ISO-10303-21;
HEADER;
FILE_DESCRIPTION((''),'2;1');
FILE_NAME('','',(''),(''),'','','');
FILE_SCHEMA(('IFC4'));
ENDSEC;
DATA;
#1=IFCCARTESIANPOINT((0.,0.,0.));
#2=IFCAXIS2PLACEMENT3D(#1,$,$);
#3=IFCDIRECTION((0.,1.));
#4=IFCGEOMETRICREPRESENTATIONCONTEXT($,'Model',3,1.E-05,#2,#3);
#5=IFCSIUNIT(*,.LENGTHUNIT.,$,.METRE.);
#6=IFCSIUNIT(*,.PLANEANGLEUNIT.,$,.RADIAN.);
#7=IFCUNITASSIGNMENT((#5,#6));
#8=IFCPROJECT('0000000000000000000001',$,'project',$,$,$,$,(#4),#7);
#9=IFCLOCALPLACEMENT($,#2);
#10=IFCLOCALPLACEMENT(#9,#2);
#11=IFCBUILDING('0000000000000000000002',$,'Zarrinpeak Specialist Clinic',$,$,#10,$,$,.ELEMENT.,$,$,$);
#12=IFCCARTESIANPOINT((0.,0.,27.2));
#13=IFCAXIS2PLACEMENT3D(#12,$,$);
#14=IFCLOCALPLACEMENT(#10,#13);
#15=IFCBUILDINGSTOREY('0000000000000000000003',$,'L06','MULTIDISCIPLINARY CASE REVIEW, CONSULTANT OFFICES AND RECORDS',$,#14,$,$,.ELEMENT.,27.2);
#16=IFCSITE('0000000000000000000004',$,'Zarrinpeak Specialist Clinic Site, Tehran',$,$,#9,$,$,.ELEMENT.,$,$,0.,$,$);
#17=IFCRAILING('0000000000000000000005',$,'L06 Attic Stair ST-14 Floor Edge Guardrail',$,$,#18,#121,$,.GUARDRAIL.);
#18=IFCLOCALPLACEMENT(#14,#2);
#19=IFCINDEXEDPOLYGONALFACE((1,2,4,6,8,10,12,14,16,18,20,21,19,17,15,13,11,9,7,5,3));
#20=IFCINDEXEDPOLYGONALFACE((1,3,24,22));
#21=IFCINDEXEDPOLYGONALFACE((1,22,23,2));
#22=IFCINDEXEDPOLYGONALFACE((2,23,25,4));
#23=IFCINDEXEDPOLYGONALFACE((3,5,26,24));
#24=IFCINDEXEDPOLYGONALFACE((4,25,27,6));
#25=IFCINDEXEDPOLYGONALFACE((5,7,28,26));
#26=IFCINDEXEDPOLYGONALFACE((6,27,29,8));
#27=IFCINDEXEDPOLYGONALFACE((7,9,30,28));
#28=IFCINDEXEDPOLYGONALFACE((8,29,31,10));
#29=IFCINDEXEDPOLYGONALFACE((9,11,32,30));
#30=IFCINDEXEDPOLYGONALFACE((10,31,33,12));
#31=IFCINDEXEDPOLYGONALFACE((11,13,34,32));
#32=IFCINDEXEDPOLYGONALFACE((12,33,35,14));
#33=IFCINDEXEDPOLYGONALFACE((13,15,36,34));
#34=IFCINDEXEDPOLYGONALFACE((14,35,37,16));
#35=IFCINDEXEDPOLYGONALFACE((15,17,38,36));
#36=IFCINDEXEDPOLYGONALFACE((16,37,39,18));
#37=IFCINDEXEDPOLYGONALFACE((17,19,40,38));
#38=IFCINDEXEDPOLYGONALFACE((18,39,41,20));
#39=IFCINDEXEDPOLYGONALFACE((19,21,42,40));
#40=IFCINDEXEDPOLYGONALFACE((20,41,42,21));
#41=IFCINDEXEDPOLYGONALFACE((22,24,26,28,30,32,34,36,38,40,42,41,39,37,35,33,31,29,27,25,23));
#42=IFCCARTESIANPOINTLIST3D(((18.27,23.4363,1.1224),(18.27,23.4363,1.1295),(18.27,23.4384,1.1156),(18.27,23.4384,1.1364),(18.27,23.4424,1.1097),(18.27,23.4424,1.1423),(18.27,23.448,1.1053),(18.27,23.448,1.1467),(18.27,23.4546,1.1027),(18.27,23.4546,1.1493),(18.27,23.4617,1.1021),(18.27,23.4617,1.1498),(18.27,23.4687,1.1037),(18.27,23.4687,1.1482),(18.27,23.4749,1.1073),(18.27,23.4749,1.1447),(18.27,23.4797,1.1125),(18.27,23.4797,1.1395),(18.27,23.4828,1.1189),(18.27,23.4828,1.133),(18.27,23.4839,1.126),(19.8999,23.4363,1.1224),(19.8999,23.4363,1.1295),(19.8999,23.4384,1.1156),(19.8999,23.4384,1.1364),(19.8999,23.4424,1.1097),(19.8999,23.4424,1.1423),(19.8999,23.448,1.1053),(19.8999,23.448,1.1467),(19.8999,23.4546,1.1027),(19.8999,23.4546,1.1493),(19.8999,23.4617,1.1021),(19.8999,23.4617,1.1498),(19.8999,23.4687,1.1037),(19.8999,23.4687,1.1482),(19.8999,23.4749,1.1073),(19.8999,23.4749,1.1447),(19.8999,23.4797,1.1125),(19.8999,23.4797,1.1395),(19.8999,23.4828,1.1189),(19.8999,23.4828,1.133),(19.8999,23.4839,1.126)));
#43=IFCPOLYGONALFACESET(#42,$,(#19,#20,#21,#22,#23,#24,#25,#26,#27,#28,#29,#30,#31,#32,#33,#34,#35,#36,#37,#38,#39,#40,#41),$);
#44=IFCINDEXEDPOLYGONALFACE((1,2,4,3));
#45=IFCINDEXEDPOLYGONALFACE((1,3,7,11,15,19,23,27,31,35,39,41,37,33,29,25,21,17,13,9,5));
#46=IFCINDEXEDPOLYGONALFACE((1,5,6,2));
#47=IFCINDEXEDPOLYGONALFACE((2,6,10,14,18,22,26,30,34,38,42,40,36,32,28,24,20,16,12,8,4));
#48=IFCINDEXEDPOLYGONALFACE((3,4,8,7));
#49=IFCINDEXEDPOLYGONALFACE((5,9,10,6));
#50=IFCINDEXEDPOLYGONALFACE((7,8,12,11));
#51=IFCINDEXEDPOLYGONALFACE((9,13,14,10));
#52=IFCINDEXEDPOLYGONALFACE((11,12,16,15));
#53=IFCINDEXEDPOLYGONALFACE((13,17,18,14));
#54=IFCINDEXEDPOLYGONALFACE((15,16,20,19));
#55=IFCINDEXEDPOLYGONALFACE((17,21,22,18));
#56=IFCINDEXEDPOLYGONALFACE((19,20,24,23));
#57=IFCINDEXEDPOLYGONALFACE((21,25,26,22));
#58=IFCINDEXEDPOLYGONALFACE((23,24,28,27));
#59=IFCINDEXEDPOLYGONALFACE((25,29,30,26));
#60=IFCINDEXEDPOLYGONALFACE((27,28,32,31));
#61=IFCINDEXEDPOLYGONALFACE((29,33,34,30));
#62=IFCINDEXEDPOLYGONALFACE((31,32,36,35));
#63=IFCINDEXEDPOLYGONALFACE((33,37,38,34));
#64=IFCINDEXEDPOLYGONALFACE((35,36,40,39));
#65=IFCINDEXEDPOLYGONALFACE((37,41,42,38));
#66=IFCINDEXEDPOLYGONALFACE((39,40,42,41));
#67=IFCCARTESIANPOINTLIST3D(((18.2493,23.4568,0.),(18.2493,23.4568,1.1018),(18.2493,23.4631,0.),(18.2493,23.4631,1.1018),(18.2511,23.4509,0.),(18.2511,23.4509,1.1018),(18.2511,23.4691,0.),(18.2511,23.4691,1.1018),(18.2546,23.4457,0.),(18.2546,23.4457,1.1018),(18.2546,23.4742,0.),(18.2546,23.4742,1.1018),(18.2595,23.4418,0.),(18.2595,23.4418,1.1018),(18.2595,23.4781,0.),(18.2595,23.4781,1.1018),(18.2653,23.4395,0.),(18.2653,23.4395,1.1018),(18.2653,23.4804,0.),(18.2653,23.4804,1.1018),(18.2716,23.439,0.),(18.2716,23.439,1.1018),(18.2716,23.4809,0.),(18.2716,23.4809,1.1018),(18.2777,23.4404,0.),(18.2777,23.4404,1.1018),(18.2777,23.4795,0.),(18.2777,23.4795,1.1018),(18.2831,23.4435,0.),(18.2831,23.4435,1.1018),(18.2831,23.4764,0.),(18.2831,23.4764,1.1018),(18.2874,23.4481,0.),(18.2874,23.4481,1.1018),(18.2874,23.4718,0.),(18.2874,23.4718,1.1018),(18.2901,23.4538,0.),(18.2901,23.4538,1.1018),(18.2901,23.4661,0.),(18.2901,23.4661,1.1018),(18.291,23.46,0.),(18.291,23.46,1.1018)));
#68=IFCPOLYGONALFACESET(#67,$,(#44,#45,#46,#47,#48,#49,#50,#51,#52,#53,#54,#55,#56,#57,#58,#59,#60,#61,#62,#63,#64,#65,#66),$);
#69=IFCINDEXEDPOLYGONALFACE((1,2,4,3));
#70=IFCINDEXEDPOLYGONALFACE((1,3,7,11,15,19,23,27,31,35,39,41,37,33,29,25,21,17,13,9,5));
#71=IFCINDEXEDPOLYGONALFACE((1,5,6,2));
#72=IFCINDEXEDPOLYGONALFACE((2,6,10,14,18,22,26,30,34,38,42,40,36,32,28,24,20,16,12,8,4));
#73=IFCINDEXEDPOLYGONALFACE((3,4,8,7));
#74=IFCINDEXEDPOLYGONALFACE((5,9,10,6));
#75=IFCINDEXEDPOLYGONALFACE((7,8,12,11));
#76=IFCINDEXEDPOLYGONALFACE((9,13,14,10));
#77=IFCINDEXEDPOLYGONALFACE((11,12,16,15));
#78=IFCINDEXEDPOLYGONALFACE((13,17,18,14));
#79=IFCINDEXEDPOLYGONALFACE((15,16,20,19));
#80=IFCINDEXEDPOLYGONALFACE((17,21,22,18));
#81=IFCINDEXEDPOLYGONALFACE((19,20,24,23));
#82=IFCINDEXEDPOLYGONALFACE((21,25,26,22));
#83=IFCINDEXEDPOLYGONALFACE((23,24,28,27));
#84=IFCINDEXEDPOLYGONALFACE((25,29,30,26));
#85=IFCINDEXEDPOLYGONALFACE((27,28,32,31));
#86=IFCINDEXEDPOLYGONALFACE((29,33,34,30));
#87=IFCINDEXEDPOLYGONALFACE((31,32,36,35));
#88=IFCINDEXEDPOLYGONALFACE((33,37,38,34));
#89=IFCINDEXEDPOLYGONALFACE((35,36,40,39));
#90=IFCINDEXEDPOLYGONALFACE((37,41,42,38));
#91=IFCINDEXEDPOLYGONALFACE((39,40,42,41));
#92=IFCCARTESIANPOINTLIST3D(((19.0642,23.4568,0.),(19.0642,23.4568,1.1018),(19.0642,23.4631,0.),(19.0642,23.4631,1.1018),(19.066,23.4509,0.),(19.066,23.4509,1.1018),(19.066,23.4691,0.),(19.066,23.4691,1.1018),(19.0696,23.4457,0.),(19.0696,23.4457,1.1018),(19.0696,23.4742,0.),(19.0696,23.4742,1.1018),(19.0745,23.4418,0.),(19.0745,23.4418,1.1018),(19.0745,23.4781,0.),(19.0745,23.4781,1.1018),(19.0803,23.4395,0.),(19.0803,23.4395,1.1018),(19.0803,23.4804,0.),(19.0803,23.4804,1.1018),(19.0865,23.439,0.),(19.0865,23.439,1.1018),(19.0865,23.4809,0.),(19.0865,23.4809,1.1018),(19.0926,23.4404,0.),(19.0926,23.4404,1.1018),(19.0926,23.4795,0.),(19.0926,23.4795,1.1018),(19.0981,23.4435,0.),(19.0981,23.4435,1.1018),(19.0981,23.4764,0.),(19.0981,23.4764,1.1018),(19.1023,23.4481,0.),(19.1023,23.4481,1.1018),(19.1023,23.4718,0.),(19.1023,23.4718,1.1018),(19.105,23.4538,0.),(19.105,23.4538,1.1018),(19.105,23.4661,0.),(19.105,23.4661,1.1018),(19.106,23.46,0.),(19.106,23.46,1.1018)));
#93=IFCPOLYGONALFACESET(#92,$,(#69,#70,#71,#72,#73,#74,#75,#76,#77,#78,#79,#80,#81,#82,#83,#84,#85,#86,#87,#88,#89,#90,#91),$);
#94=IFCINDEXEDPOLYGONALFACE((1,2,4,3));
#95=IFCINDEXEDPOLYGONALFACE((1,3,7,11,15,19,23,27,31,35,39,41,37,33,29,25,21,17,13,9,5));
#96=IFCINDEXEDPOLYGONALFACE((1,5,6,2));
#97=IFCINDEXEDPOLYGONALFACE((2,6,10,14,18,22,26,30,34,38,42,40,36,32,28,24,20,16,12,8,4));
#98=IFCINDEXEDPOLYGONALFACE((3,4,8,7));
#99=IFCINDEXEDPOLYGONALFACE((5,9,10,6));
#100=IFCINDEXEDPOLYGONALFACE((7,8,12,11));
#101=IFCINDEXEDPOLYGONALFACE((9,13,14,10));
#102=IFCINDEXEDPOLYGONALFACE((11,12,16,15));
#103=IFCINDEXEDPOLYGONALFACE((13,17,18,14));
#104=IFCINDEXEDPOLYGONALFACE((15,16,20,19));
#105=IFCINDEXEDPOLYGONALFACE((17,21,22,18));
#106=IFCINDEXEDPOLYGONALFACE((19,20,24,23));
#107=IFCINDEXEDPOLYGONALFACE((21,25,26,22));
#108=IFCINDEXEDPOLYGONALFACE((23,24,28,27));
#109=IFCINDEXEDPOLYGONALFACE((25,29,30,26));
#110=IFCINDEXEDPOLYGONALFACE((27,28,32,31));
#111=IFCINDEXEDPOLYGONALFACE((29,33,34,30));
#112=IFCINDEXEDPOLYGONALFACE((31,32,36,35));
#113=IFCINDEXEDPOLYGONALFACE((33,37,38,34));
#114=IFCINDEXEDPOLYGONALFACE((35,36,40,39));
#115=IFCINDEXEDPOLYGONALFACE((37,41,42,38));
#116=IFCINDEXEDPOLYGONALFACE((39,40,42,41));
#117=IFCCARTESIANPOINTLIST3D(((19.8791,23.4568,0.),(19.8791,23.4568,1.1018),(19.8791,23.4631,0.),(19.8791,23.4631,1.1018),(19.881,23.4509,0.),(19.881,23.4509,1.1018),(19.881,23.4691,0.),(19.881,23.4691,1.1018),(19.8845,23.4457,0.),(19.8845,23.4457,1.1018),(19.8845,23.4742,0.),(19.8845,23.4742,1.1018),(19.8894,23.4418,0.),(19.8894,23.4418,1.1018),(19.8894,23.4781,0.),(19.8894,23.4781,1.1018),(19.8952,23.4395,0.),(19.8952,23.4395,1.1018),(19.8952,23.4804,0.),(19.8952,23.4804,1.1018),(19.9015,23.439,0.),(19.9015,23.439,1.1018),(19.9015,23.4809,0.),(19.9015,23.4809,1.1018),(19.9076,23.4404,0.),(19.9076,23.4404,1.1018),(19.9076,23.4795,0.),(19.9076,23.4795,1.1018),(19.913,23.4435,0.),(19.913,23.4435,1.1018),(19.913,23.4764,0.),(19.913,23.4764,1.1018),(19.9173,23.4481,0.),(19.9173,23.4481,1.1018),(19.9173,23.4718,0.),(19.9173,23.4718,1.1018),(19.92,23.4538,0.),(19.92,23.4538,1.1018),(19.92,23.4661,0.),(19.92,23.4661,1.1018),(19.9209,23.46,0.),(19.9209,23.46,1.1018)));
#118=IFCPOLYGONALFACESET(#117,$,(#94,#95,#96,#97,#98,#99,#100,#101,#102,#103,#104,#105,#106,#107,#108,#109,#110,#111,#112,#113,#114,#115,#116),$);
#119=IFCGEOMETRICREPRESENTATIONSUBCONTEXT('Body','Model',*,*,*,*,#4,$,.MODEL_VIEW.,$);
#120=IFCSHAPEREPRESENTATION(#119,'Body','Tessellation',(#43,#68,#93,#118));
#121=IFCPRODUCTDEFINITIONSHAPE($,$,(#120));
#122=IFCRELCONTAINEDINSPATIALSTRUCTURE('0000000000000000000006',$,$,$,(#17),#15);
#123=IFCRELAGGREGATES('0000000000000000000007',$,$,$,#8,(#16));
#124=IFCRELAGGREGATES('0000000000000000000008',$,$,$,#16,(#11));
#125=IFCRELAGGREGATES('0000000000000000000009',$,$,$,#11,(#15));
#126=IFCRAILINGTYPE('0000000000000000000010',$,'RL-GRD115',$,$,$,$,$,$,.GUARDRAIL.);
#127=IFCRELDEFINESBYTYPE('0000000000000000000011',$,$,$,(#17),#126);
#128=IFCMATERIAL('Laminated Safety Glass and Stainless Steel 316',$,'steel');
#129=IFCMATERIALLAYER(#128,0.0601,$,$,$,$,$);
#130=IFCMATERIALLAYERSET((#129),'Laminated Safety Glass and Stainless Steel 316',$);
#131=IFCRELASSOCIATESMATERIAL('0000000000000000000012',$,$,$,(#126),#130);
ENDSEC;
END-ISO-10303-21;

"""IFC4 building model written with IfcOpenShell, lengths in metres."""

from ifc_helpers import new_model, si_unit, direction, frame, origin, origin_2d, place, context, subcontext, project, spatial, circle, extrude, material, layer, layer_set, type_object, element, save


model = new_model("IFC4")

# Units and contexts
model_context = context("Model", 3, precision=1e-05, world=origin(), true_north=direction((0.0, 1.0)))
body_context = subcontext(model_context, "Body", "Model", "MODEL_VIEW")
ifc_project = project(units=[si_unit("LENGTHUNIT", "METRE"), si_unit("PLANEANGLEUNIT", "RADIAN")], contexts=[model_context])

# Site, building, storey
site_placement = place(None, origin())
site = spatial("IfcSite", under=ifc_project, at=site_placement, Name="Zarrinpeak Specialist Clinic Site, Tehran", CompositionType="ELEMENT", RefElevation=0.0)
building_placement = place(site_placement, origin())
building = spatial("IfcBuilding", under=site, at=building_placement, Name="Zarrinpeak Specialist Clinic", CompositionType="ELEMENT")
storey_placement = place(building_placement, frame((0.0, 0.0, 27.2)))
storey = spatial("IfcBuildingStorey", under=building, at=storey_placement, Name="L06", Description="MULTIDISCIPLINARY CASE REVIEW, CONSULTANT OFFICES AND RECORDS", CompositionType="ELEMENT", Elevation=27.2)

# Railing
ifc_material_1 = material(Name="Laminated Safety Glass and Stainless Steel 316", Category="steel")
ifc_layer_1 = layer(ifc_material_1, 0.0601)
ifc_layer_set_1 = layer_set([ifc_layer_1], Name="Laminated Safety Glass and Stainless Steel 316")
railing_type_1 = type_object("IfcRailingType", Name="RL-GRD115", PredefinedType="GUARDRAIL", material=ifc_layer_set_1)
railing_1_placement = place(storey_placement, frame((18.27, 23.46, 0.0)))
element("IfcRailing", 1, at=railing_1_placement, inside=storey, type_object=railing_type_1, Name="L06 Attic Stair ST-14 Floor Edge Guardrail", PredefinedType="GUARDRAIL", context=body_context, shape_type="SweptSolid", body=[
    extrude(circle(Radius=0.0239, at=origin_2d()), frame((0.0, 0.0, 1.126), z_axis=(1.0, 0.0, 0.0), x_axis=(0.0, 1.0, 0.0)), (0.0, 0.0, 1.0), 1.6299),
    extrude(circle(Radius=0.021, at=origin_2d()), origin(), (0.0, 0.0, 1.0), 1.1018),
    extrude(circle(Radius=0.021, at=origin_2d()), frame((0.8149, 0.0, 0.0)), (0.0, 0.0, 1.0), 1.1018),
    extrude(circle(Radius=0.021, at=origin_2d()), frame((1.6299, 0.0, 0.0)), (0.0, 0.0, 1.0), 1.1018),
])

save(model, "model.ifc")
